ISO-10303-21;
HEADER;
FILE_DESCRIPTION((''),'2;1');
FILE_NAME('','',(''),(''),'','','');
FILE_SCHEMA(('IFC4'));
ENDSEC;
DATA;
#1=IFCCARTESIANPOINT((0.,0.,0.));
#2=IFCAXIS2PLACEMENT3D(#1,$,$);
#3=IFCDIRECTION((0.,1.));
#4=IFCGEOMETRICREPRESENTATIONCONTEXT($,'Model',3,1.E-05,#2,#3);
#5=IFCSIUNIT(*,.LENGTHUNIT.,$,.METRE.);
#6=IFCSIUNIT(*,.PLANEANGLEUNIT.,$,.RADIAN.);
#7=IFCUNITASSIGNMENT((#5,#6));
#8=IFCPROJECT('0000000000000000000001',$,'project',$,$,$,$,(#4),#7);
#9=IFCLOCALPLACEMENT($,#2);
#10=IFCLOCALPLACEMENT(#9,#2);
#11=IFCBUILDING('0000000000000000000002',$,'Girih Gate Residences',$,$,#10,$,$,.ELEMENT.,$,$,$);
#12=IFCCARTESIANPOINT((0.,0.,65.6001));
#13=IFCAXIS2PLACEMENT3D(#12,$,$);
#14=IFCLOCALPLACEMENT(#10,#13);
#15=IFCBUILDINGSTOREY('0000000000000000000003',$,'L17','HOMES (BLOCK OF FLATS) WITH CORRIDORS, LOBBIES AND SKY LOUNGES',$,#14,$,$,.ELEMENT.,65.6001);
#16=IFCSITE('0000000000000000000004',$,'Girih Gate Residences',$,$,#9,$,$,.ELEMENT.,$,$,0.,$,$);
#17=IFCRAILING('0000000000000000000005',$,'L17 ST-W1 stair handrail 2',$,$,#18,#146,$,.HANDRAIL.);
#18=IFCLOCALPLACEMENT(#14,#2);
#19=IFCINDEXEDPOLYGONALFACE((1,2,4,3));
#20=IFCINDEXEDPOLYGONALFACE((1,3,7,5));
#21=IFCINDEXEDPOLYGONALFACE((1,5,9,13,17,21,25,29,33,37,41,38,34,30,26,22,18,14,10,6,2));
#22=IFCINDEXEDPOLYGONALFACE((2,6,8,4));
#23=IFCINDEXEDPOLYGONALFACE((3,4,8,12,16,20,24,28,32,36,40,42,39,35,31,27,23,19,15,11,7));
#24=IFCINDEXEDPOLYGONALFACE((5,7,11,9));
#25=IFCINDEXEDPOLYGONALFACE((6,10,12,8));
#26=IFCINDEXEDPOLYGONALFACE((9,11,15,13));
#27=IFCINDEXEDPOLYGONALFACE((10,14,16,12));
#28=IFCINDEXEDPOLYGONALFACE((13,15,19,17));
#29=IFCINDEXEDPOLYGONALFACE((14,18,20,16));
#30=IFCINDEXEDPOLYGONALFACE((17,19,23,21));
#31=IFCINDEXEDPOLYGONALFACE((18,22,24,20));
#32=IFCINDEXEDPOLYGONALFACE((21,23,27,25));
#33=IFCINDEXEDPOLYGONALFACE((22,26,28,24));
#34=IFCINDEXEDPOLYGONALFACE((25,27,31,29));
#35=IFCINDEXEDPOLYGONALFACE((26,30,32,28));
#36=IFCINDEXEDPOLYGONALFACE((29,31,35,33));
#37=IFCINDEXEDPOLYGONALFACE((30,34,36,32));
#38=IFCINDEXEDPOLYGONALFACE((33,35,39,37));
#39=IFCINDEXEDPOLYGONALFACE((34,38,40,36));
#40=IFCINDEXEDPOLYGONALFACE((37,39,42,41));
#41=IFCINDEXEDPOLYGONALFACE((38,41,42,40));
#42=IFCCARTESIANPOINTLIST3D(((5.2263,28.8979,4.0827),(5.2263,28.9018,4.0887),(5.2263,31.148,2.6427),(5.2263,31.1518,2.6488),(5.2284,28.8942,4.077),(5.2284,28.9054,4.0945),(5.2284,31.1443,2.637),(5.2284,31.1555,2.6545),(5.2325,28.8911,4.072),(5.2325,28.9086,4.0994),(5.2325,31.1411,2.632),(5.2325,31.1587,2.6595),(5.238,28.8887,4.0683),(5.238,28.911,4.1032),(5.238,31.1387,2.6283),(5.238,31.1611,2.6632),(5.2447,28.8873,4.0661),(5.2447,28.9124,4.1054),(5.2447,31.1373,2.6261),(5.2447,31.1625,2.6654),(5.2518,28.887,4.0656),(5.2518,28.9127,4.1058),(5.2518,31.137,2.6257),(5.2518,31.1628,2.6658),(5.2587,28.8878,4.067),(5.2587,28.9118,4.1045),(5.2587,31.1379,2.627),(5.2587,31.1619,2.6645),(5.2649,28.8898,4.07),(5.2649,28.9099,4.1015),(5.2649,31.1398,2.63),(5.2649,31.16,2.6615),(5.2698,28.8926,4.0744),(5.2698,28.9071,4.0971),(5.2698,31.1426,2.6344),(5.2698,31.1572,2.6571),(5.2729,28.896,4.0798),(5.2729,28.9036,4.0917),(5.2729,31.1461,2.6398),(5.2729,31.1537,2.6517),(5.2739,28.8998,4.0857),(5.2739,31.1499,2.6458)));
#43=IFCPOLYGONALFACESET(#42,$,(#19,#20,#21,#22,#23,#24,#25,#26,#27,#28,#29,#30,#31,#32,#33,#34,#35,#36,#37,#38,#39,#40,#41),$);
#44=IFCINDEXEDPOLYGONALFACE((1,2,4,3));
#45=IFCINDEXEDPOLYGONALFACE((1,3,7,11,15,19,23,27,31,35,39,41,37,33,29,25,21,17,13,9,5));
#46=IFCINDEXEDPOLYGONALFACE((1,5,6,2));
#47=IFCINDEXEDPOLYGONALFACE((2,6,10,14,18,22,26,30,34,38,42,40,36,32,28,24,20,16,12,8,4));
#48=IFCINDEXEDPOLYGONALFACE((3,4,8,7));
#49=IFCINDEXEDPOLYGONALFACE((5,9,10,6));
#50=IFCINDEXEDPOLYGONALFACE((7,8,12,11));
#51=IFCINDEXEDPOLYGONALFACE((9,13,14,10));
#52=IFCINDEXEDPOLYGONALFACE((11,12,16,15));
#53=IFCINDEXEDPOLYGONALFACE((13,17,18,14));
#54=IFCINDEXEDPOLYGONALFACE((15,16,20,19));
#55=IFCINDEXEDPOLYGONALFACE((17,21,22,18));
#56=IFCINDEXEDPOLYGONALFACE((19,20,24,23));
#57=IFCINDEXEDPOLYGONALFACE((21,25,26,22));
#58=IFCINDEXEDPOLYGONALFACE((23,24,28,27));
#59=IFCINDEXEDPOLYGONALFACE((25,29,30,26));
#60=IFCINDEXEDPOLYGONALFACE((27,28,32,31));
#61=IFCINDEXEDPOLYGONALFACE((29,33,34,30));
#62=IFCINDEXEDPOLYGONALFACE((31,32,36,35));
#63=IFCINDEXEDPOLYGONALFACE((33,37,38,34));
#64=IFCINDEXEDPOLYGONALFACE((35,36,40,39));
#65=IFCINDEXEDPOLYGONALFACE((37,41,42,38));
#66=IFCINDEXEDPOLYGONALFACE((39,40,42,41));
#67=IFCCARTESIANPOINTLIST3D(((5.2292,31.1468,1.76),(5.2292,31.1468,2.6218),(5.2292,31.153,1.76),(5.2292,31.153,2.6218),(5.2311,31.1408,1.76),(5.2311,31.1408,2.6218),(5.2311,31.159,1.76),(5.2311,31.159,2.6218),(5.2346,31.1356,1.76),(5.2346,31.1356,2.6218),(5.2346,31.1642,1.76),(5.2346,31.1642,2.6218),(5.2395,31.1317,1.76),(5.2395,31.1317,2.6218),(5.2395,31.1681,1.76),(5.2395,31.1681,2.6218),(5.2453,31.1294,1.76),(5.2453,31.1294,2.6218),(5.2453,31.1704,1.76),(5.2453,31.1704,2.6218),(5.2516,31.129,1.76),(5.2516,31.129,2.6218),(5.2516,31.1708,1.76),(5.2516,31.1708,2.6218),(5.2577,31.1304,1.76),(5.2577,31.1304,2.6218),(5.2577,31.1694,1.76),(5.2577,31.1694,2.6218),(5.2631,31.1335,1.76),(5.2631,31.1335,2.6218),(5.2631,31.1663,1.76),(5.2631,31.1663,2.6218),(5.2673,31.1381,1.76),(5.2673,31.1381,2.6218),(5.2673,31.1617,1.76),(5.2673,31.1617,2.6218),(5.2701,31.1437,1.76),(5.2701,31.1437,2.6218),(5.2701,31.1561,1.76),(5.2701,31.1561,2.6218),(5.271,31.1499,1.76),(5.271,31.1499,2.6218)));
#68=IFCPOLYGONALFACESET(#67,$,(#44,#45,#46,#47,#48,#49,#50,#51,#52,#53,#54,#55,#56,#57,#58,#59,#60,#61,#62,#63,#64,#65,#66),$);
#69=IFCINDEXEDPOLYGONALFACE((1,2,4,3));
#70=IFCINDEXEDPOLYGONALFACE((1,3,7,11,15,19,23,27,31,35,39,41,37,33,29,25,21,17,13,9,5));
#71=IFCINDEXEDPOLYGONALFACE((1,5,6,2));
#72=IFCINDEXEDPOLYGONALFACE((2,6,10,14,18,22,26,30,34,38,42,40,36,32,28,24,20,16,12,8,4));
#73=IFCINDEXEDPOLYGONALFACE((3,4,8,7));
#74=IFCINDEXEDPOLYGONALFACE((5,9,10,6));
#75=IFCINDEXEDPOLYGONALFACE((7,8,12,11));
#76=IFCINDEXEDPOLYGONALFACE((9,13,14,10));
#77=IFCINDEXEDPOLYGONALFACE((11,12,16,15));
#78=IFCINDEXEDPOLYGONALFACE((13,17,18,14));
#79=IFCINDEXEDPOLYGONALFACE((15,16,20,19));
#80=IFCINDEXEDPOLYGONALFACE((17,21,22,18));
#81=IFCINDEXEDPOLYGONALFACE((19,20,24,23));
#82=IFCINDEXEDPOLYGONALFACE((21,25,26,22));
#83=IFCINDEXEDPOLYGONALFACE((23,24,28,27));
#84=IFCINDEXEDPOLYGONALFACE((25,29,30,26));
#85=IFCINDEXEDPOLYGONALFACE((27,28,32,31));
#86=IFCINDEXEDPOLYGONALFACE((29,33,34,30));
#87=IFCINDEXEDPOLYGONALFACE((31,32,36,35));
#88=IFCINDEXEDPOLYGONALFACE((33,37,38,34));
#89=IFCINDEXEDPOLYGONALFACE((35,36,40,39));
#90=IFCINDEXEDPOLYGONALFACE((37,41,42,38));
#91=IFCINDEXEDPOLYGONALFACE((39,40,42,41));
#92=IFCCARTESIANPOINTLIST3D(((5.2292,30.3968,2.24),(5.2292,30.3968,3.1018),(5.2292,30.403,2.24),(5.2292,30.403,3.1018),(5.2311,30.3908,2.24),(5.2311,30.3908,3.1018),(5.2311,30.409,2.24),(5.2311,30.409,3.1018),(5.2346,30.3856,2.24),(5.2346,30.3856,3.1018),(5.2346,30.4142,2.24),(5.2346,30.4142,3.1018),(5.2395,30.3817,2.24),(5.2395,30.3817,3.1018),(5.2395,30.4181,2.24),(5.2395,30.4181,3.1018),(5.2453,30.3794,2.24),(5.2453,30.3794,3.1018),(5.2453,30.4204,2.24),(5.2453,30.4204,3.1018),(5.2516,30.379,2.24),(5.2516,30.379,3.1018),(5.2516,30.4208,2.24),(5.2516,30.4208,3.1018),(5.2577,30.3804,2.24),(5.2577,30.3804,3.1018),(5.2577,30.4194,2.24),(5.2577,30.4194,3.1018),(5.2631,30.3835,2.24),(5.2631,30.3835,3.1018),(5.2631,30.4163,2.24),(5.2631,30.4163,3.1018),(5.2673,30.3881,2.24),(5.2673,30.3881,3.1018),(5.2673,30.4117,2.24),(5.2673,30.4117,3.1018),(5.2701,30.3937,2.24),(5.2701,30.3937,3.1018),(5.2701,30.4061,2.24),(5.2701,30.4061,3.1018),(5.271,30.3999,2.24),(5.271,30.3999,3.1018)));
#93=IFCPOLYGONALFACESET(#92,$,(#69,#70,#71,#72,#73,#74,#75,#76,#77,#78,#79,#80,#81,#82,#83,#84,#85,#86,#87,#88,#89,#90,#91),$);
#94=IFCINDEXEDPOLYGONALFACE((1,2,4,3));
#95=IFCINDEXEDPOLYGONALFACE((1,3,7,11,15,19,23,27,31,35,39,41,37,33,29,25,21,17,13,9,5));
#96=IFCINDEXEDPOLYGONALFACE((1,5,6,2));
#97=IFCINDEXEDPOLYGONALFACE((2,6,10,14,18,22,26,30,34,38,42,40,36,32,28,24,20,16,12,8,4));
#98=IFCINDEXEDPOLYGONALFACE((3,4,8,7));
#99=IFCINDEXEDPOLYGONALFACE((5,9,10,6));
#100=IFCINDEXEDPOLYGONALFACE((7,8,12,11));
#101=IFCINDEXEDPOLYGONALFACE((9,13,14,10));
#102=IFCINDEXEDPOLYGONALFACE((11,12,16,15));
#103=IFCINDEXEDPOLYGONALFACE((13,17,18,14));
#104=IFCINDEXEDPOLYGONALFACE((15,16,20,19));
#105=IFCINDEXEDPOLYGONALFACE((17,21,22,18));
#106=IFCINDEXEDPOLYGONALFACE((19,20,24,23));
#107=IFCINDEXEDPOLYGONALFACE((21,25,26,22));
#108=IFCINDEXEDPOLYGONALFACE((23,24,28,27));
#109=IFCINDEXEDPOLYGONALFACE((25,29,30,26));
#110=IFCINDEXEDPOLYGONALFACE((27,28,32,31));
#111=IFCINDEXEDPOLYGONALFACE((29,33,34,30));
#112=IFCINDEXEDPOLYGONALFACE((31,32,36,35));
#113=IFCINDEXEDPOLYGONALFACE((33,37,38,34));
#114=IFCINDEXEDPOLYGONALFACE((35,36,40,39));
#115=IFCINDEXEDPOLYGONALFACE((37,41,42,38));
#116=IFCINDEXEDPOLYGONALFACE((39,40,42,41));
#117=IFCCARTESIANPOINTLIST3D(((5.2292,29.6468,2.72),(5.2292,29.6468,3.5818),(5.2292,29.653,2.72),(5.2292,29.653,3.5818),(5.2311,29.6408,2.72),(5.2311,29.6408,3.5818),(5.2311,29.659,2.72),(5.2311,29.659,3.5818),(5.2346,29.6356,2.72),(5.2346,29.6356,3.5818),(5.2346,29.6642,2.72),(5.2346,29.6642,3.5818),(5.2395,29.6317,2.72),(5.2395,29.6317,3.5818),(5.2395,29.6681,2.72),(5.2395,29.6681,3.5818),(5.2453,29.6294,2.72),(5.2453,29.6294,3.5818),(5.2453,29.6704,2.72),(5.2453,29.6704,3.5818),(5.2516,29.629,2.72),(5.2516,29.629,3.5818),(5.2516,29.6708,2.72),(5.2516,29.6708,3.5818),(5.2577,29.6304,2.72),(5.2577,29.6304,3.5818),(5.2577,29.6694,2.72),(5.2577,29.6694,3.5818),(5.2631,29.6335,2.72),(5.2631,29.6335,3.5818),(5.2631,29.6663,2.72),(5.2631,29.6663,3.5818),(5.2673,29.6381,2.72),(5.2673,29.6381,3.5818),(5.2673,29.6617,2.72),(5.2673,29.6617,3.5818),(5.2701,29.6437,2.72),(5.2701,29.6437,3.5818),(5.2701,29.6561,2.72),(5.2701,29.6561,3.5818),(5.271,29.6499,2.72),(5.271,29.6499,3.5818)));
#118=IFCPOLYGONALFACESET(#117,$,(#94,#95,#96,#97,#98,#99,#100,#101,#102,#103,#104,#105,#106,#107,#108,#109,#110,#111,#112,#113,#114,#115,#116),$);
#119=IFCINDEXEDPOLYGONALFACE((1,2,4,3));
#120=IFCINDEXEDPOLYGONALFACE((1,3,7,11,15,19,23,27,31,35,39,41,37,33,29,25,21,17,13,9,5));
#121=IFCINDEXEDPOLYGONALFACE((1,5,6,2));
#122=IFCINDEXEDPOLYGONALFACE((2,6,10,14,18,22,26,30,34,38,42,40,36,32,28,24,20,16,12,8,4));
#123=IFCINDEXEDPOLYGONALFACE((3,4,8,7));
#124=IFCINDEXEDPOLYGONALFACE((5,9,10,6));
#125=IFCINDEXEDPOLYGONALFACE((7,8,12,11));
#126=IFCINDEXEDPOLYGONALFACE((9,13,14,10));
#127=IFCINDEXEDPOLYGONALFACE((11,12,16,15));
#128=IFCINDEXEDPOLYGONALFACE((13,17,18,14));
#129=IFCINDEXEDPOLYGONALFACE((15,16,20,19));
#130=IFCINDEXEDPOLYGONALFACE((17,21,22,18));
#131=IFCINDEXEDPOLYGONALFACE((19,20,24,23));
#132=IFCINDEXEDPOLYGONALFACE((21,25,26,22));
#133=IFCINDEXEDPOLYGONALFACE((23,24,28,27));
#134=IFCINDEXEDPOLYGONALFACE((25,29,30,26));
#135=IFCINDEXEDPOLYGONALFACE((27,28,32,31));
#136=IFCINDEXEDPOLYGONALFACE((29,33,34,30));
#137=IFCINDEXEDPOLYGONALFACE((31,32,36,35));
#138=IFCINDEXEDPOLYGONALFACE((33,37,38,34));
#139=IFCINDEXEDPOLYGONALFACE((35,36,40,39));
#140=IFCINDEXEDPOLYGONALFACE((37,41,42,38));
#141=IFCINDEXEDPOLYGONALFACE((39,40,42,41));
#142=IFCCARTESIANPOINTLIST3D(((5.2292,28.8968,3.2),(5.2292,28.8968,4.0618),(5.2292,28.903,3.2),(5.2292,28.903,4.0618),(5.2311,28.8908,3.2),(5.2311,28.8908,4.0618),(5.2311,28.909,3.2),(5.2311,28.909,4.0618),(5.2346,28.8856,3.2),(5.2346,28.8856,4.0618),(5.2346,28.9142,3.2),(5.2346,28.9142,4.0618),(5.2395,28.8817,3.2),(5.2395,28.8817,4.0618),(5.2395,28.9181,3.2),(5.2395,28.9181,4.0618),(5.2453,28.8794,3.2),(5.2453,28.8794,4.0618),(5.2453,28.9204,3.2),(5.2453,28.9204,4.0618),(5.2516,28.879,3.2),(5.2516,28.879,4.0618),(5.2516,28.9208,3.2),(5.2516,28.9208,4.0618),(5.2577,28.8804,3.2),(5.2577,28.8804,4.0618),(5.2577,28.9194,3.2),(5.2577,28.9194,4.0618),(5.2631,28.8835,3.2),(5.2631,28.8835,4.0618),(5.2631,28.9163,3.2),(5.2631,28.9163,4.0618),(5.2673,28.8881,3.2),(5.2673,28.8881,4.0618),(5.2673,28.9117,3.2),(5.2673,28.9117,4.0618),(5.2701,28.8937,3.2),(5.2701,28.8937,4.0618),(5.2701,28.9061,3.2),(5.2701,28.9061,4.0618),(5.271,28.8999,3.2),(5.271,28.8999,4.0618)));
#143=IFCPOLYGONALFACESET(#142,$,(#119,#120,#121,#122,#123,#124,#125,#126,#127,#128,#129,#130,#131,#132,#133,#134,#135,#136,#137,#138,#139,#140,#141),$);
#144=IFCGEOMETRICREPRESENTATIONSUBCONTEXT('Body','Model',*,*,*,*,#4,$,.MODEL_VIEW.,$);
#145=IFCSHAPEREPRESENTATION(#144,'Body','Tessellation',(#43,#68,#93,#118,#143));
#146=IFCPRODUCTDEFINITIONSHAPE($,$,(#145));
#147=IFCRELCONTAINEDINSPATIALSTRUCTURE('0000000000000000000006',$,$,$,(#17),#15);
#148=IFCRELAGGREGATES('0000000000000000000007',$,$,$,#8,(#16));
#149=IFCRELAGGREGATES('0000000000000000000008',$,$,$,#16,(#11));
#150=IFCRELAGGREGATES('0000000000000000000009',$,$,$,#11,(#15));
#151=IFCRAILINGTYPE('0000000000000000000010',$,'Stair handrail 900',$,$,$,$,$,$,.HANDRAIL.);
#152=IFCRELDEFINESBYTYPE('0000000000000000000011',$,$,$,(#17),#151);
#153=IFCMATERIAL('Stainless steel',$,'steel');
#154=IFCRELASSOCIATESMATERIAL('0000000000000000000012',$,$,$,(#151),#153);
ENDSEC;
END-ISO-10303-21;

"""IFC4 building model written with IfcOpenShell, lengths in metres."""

from ifc_helpers import new_model, si_unit, direction, frame, origin, origin_2d, place, context, subcontext, project, spatial, circle, extrude, material, type_object, element, save


model = new_model("IFC4")

# Units and contexts
model_context = context("Model", 3, precision=1e-05, world=origin(), true_north=direction((0.0, 1.0)))
body_context = subcontext(model_context, "Body", "Model", "MODEL_VIEW")
ifc_project = project(units=[si_unit("LENGTHUNIT", "METRE"), si_unit("PLANEANGLEUNIT", "RADIAN")], contexts=[model_context])

# Site, building, storey
site_placement = place(None, origin())
site = spatial("IfcSite", under=ifc_project, at=site_placement, Name="Girih Gate Residences", CompositionType="ELEMENT", RefElevation=0.0)
building_placement = place(site_placement, origin())
building = spatial("IfcBuilding", under=site, at=building_placement, Name="Girih Gate Residences", CompositionType="ELEMENT")
storey_placement = place(building_placement, frame((0.0, 0.0, 65.6001)))
storey = spatial("IfcBuildingStorey", under=building, at=storey_placement, Name="L17", Description="HOMES (BLOCK OF FLATS) WITH CORRIDORS, LOBBIES AND SKY LOUNGES", CompositionType="ELEMENT", Elevation=65.6001)

# Shared definitions
ifc_material_1 = material(Name="Stainless steel", Category="steel")

# Railing
railing_type_1 = type_object("IfcRailingType", Name="Stair handrail 900", PredefinedType="HANDRAIL", material=ifc_material_1)
railing_1_placement = place(storey_placement, frame((5.25, 31.1499, 1.76)))
element("IfcRailing", 1, at=railing_1_placement, inside=storey, type_object=railing_type_1, Name="L17 ST-W1 stair handrail 2", PredefinedType="HANDRAIL", context=body_context, shape_type="SweptSolid", body=[
    extrude(circle(Radius=0.0239, at=origin_2d()), frame((0.0, 0.0, 0.8857), z_axis=(0.0, -0.842281, 0.539038), x_axis=(1.0, 0.0, 0.0)), (0.0, 0.0, 1.0), 2.6714),
    extrude(circle(Radius=0.021, at=origin_2d()), origin(), (0.0, 0.0, 1.0), 0.8618),
    extrude(circle(Radius=0.021, at=origin_2d()), frame((0.0, -0.75, 0.48)), (0.0, 0.0, 1.0), 0.8618),
    extrude(circle(Radius=0.021, at=origin_2d()), frame((0.0, -1.5, 0.96)), (0.0, 0.0, 1.0), 0.8618),
    extrude(circle(Radius=0.021, at=origin_2d()), frame((0.0, -2.25, 1.4399)), (0.0, 0.0, 1.0), 0.8618),
])

save(model, "model.ifc")
